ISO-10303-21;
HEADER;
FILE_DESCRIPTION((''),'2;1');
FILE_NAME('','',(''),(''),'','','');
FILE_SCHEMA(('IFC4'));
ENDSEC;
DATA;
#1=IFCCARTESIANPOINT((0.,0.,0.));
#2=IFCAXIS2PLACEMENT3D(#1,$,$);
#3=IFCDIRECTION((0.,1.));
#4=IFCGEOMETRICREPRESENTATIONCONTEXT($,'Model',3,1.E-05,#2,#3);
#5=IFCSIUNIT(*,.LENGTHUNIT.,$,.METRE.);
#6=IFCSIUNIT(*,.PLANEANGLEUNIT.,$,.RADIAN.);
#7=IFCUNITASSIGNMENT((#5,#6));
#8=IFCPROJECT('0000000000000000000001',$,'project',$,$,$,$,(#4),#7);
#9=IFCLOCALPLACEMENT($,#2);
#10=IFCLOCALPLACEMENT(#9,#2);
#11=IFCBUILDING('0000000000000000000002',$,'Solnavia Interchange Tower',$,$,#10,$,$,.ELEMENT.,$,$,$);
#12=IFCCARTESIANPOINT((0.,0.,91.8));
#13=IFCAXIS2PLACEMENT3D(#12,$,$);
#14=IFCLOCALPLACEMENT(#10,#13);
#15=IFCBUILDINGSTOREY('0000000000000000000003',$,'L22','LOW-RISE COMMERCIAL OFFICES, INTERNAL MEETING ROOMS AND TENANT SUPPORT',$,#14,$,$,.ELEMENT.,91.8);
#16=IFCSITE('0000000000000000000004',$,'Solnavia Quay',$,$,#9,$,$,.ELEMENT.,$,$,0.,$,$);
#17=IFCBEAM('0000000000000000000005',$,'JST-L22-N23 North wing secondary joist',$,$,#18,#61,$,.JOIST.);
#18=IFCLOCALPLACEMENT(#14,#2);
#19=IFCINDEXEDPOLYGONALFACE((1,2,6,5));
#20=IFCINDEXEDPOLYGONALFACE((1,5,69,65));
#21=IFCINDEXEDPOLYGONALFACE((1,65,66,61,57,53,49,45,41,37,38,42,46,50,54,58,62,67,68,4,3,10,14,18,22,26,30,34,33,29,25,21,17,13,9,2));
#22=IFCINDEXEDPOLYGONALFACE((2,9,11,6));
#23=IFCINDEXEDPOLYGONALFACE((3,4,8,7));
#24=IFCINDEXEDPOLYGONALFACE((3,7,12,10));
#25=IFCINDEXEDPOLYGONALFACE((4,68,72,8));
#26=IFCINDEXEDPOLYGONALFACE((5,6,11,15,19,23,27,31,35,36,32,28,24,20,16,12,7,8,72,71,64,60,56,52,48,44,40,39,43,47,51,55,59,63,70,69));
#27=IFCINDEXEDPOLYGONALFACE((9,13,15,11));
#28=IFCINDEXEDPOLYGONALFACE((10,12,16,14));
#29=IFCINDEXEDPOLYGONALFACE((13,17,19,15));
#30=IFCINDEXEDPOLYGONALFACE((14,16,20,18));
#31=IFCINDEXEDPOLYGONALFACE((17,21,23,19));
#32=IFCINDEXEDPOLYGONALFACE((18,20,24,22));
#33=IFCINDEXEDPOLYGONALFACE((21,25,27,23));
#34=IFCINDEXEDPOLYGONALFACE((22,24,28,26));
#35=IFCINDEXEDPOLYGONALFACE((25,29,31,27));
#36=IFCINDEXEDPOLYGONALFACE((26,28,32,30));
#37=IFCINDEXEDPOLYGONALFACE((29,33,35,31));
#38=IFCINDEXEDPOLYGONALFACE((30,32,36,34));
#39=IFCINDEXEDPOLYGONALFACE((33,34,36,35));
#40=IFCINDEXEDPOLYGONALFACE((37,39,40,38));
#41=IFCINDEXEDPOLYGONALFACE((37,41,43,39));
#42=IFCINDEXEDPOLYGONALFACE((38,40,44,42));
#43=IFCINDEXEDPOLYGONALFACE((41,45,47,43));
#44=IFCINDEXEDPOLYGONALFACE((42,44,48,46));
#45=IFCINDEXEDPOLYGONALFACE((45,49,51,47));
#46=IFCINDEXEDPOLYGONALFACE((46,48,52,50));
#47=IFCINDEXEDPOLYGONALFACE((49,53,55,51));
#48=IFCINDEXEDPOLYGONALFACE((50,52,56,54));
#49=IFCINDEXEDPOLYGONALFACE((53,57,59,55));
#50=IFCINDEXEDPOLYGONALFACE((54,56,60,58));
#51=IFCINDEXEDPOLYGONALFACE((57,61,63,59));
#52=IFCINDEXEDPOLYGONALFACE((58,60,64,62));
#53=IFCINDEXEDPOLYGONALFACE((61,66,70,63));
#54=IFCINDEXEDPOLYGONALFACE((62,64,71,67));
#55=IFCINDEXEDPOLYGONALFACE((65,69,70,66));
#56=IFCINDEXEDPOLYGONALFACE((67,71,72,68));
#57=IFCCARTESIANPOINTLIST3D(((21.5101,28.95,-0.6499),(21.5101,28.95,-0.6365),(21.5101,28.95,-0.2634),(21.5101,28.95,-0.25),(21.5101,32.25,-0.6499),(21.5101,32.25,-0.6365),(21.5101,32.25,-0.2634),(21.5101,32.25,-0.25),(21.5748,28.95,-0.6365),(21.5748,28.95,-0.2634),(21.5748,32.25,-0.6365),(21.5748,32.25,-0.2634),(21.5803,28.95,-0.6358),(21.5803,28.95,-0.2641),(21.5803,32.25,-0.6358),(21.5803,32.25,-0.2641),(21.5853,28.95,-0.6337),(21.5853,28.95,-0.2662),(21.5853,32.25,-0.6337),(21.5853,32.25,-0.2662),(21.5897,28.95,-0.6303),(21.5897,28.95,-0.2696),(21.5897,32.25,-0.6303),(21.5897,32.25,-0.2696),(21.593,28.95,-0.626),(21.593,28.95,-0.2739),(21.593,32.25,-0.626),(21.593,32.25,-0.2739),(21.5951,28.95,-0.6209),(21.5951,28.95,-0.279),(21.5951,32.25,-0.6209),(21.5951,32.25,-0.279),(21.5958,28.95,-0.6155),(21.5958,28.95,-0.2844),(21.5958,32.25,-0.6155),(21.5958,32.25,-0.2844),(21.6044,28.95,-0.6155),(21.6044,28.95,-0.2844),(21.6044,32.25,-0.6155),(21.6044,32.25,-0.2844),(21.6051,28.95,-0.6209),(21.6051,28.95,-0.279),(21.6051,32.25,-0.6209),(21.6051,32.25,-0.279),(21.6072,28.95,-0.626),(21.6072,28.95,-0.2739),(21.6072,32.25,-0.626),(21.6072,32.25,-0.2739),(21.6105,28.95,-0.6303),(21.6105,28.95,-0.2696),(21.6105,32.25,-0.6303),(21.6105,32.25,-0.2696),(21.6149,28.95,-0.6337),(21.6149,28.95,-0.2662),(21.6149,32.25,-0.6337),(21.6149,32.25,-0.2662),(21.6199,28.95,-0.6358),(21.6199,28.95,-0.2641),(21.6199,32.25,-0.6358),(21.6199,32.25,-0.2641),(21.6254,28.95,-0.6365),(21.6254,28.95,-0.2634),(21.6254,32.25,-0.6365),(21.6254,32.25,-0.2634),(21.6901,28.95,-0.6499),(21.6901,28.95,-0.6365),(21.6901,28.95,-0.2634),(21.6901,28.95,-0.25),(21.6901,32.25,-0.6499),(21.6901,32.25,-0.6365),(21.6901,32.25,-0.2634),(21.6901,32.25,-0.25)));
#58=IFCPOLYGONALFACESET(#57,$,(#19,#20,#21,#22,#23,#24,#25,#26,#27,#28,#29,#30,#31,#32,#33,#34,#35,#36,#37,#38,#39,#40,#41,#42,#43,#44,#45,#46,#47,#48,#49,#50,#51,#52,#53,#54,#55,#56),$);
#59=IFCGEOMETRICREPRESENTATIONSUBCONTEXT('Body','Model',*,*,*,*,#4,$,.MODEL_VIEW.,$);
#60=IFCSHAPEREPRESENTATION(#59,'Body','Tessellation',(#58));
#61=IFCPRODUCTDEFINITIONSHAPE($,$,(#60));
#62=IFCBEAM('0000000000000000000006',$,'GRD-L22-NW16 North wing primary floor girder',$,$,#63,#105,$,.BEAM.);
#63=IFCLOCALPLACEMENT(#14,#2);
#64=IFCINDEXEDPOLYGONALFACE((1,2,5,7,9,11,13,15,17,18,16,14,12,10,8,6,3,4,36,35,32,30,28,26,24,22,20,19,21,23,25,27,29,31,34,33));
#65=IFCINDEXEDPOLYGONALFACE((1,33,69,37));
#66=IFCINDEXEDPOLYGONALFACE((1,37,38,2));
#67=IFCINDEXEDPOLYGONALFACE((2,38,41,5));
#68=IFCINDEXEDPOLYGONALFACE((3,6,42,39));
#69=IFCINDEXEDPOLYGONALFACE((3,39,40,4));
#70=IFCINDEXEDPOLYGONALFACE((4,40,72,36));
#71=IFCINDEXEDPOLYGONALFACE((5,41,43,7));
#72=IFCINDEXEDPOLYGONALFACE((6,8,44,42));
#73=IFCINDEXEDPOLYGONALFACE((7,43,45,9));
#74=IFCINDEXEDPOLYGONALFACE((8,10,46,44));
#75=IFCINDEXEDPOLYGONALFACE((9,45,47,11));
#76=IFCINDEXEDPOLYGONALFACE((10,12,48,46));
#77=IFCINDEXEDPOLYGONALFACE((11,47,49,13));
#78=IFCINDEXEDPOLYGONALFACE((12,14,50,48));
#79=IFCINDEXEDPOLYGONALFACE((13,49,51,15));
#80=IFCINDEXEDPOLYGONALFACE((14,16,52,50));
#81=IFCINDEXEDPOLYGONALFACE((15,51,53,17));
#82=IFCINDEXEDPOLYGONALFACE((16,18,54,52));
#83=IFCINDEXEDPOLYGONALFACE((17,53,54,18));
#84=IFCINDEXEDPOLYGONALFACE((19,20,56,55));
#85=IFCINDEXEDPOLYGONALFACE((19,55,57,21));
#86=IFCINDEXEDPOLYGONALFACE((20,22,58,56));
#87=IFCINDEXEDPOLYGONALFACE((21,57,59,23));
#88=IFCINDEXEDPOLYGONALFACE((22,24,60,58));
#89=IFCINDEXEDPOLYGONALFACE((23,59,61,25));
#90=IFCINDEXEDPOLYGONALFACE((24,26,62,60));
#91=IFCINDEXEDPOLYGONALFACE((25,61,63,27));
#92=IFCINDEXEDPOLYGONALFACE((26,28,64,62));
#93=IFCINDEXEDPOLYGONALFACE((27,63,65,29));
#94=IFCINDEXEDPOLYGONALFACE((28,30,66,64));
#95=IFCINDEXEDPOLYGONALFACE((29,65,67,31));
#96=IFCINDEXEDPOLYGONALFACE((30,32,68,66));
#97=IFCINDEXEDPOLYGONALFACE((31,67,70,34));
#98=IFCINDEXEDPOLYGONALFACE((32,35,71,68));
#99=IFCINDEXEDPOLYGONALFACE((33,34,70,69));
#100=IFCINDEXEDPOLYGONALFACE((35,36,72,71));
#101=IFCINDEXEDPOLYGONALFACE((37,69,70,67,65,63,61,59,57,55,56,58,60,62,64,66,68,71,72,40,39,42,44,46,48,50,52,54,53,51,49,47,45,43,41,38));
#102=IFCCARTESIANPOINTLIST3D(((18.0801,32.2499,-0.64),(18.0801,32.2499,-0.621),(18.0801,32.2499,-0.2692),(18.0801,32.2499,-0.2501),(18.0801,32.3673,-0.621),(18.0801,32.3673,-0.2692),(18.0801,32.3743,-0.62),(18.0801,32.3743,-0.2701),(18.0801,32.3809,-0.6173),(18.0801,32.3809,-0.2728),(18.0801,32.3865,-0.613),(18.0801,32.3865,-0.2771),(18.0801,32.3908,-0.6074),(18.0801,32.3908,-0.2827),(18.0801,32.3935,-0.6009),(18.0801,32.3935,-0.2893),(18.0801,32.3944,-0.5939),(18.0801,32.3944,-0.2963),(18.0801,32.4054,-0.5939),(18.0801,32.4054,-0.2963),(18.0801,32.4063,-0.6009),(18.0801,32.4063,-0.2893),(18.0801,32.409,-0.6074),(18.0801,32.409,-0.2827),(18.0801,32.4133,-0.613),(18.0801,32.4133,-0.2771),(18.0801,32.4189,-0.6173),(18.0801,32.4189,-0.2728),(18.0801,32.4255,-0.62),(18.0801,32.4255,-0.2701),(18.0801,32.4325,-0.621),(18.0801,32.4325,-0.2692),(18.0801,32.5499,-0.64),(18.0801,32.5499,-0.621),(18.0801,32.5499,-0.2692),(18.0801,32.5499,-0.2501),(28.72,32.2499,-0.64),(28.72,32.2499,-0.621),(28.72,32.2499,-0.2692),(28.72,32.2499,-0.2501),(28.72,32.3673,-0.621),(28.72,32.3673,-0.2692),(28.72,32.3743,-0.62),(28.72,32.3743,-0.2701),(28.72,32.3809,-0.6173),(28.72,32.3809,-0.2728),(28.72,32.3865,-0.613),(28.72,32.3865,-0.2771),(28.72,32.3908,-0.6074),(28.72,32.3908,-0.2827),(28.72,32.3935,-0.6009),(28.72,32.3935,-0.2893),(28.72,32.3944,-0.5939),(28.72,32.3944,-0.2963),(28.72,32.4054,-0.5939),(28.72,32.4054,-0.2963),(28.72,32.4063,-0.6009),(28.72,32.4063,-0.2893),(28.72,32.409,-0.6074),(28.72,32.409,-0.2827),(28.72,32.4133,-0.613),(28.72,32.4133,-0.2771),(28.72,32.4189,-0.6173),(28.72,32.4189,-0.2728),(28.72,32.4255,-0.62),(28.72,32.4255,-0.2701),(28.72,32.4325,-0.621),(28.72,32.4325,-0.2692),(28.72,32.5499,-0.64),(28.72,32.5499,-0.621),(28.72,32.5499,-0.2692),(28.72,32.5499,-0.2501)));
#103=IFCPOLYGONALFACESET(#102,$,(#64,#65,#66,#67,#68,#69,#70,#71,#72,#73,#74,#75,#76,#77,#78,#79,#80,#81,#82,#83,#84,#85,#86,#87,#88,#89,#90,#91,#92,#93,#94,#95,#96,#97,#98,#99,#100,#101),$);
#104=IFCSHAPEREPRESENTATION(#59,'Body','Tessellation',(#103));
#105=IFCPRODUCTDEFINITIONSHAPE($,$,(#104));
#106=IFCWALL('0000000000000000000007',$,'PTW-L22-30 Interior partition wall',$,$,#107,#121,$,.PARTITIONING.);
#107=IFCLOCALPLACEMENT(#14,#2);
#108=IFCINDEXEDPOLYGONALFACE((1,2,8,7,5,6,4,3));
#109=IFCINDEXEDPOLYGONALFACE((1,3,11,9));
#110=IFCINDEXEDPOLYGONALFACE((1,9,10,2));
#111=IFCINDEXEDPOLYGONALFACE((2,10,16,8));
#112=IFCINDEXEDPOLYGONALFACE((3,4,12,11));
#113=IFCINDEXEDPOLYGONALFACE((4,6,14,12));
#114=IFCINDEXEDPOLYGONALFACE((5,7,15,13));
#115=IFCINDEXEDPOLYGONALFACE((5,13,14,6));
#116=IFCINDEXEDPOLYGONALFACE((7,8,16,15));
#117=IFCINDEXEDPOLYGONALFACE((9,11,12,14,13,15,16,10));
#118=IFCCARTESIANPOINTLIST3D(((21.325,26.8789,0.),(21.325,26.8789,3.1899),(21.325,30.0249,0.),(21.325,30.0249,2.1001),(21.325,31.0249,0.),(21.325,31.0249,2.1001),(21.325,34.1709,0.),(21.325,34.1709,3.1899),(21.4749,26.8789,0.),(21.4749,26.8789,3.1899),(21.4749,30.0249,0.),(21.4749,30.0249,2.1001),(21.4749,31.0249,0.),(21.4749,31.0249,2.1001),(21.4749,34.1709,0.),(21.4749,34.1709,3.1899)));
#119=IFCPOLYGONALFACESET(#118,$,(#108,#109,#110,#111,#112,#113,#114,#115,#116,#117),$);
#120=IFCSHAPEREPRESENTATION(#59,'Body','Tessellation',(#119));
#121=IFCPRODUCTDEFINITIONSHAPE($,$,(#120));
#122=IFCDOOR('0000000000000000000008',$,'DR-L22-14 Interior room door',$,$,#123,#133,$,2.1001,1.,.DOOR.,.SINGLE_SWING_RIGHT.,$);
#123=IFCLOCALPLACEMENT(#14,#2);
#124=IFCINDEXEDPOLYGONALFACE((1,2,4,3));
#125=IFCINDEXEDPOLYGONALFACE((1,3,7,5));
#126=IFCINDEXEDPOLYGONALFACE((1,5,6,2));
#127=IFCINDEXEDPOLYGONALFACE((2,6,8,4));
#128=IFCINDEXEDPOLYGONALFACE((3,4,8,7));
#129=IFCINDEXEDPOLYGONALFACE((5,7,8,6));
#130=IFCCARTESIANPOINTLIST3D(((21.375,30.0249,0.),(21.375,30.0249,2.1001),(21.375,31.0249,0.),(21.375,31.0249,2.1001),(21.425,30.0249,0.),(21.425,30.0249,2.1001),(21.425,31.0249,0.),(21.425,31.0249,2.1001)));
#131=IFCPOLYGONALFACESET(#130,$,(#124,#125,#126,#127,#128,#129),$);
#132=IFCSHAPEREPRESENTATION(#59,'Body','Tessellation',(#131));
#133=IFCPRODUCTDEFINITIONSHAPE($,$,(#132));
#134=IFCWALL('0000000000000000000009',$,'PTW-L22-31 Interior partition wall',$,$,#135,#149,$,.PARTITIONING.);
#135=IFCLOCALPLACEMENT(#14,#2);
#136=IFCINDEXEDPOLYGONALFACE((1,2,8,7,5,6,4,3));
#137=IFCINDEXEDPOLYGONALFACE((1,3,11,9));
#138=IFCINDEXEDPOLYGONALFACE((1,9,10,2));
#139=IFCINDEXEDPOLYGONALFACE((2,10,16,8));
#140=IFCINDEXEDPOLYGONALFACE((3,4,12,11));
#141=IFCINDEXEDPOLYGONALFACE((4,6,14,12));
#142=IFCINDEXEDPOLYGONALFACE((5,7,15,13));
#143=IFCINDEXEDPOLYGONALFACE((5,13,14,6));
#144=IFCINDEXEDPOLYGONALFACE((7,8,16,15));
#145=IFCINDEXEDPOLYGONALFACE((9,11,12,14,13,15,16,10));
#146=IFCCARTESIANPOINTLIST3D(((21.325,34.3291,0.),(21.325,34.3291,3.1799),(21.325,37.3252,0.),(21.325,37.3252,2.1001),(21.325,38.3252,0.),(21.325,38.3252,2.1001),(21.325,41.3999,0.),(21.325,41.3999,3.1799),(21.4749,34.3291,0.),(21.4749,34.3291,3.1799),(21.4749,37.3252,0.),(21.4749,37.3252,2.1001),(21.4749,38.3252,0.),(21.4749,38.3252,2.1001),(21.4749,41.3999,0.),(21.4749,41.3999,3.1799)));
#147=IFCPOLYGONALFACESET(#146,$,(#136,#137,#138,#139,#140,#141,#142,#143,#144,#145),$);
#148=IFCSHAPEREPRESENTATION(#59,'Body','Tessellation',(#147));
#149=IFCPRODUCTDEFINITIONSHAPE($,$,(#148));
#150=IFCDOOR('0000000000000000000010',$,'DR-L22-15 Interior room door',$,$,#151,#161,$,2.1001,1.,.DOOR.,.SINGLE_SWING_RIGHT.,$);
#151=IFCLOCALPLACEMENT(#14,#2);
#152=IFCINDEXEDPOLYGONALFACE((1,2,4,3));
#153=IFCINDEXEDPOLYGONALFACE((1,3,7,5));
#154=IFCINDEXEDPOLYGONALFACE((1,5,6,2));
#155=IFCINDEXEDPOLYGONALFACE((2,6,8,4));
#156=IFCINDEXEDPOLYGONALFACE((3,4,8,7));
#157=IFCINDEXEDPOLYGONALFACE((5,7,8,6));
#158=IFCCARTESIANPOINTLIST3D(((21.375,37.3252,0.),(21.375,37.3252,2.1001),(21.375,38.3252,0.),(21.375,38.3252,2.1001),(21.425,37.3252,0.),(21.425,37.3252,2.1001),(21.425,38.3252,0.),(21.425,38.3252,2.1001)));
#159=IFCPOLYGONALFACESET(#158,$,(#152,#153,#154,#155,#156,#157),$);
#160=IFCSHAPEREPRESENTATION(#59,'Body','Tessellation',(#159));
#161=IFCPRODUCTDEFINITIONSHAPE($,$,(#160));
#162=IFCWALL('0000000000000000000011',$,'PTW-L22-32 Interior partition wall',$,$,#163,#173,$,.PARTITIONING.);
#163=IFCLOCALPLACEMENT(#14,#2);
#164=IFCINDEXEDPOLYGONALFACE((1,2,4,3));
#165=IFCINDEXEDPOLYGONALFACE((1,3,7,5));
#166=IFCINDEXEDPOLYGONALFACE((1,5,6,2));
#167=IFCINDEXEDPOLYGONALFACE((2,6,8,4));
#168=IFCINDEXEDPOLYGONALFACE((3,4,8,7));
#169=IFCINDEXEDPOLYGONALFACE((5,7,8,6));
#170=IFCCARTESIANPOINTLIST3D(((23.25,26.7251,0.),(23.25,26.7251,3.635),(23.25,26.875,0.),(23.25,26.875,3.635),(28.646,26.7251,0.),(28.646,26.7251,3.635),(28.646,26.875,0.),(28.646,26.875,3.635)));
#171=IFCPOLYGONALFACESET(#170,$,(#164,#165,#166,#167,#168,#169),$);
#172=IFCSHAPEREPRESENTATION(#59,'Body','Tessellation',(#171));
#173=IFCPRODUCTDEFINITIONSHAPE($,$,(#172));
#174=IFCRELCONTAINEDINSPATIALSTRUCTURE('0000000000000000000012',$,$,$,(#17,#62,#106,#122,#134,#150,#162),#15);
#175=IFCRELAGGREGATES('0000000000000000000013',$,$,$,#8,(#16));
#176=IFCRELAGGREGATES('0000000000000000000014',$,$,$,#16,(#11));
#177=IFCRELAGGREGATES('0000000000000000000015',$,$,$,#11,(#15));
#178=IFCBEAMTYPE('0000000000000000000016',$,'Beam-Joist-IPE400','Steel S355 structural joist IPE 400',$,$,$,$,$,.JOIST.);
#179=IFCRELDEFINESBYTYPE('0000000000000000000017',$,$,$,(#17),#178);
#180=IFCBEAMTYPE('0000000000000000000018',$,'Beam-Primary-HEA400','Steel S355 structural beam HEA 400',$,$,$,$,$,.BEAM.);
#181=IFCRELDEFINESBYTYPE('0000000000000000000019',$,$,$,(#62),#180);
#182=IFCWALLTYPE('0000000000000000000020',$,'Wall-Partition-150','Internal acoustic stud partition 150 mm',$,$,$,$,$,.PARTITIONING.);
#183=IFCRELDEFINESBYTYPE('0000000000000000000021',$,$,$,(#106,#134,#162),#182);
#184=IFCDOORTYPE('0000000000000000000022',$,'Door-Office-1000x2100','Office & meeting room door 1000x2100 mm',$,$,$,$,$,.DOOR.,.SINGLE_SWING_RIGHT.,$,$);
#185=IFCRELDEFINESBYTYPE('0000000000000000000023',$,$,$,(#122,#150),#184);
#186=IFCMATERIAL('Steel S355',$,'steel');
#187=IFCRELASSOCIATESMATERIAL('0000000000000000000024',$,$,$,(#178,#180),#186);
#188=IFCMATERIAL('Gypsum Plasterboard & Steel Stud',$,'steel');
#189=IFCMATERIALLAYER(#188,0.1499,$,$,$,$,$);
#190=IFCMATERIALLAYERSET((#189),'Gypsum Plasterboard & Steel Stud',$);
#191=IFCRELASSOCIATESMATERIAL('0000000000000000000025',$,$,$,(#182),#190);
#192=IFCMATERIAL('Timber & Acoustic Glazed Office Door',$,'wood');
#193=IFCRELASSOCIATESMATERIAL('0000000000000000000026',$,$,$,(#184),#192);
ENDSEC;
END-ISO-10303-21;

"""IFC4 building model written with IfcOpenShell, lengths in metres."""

from ifc_helpers import new_model, si_unit, direction, frame, frame_2d, origin, origin_2d, place, context, subcontext, project, spatial, rectangle, i_section, extrude, material, layer, layer_set, material_profile, profile_set, type_object, element, fill, save


model = new_model("IFC4")

# Units and contexts
model_context = context("Model", 3, precision=1e-05, world=origin(), true_north=direction((0.0, 1.0)))
body_context = subcontext(model_context, "Body", "Model", "MODEL_VIEW")
ifc_project = project(units=[si_unit("LENGTHUNIT", "METRE"), si_unit("PLANEANGLEUNIT", "RADIAN")], contexts=[model_context])

# Site, building, storey
site_placement = place(None, origin())
site = spatial("IfcSite", under=ifc_project, at=site_placement, Name="Solnavia Quay", CompositionType="ELEMENT", RefElevation=0.0)
building_placement = place(site_placement, origin())
building = spatial("IfcBuilding", under=site, at=building_placement, Name="Solnavia Interchange Tower", CompositionType="ELEMENT")
storey_placement = place(building_placement, frame((0.0, 0.0, 91.8)))
storey = spatial("IfcBuildingStorey", under=building, at=storey_placement, Name="L22", Description="LOW-RISE COMMERCIAL OFFICES, INTERNAL MEETING ROOMS AND TENANT SUPPORT", CompositionType="ELEMENT", Elevation=91.8)

# Shared definitions
ifc_material_1 = material(Name="Steel S355", Category="steel")

# Beams
ifc_material_profile_1 = material_profile(ifc_material_1, i_section(OverallWidth=0.1799, OverallDepth=0.3999, WebThickness=0.0085, FlangeThickness=0.0134, FilletRadius=0.021, at=origin_2d()), Name="IPE 400")
ifc_profile_set_1 = profile_set([ifc_material_profile_1], Name="Steel S355")
beam_type_1 = type_object("IfcBeamType", Name="Beam-Joist-IPE400", Description="Steel S355 structural joist IPE 400", PredefinedType="JOIST", material=ifc_profile_set_1)
for number, where, z_axis, x_axis, name in (
    (1, (21.6001, 28.95, -0.45), (0.0, 1.0, 0.0), (-1.0, 0.0, 0.0), "JST-L22-N23 North wing secondary joist"),
):
    element("IfcBeam", number, at=place(storey_placement, frame(where, z_axis=z_axis, x_axis=x_axis)), inside=storey, type_object=beam_type_1, Name=name, PredefinedType="JOIST", context=body_context, shape_type="SweptSolid", body=[
        extrude(i_section(OverallWidth=0.1799, OverallDepth=0.3999, WebThickness=0.0085, FlangeThickness=0.0134, FilletRadius=0.021, at=origin_2d()), origin(), (0.0, 0.0, 1.0), 3.3),
    ])
ifc_material_profile_2 = material_profile(ifc_material_1, i_section(OverallWidth=0.3, OverallDepth=0.3899, WebThickness=0.011, FlangeThickness=0.019, FilletRadius=0.0271, at=origin_2d()), Name="HEA 400")
ifc_profile_set_2 = profile_set([ifc_material_profile_2], Name="Steel S355")
beam_type_2 = type_object("IfcBeamType", Name="Beam-Primary-HEA400", Description="Steel S355 structural beam HEA 400", PredefinedType="BEAM", material=ifc_profile_set_2)
beam_placement = place(storey_placement, frame((18.0801, 32.3999, -0.4451), z_axis=(1.0, 0.0, 0.0), x_axis=(0.0, 1.0, 0.0)))
element("IfcBeam", 2, at=beam_placement, inside=storey, type_object=beam_type_2, Name="GRD-L22-NW16 North wing primary floor girder", PredefinedType="BEAM", context=body_context, shape_type="SweptSolid", body=[
    extrude(i_section(OverallWidth=0.3, OverallDepth=0.3899, WebThickness=0.011, FlangeThickness=0.019, FilletRadius=0.0271, at=origin_2d()), origin(), (0.0, 0.0, 1.0), 10.6399),
])

# Walls, openings, doors
ifc_material_2 = material(Name="Gypsum Plasterboard & Steel Stud", Category="steel")
ifc_layer_1 = layer(ifc_material_2, 0.1499)
ifc_layer_set_1 = layer_set([ifc_layer_1], Name="Gypsum Plasterboard & Steel Stud")
wall_type_1 = type_object("IfcWallType", Name="Wall-Partition-150", Description="Internal acoustic stud partition 150 mm", PredefinedType="PARTITIONING", material=ifc_layer_set_1)
wall_1_placement = place(storey_placement, frame((21.3999, 26.8789, 0.0), z_axis=(0.0, 0.0, 1.0), x_axis=(0.0, 1.0, 0.0)))
wall_1 = element("IfcWall", 3, at=wall_1_placement, inside=storey, type_object=wall_type_1, Name="PTW-L22-30 Interior partition wall", PredefinedType="PARTITIONING", context=body_context, shape_type="SweptSolid", body=[
    extrude(rectangle(XDim=7.292, YDim=0.1499, at=frame_2d((3.646, 0.0))), origin(), (0.0, 0.0, 1.0), 3.1899),
])
opening_1_placement = place(wall_1_placement, frame((3.146, 0.0, 0.0)))
opening_1 = element("IfcOpeningElement", 4, at=opening_1_placement, cuts=wall_1, PredefinedType="OPENING", context=body_context, shape_type="SweptSolid", body=[
    extrude(rectangle(XDim=1.0, YDim=2.1001, at=frame_2d((0.5, 1.05))), frame((0.0, 0.085, 0.0), z_axis=(0.0, -1.0, 0.0), x_axis=(1.0, 0.0, 0.0)), (0.0, 0.0, 1.0), 0.1699),
])
ifc_material_3 = material(Name="Timber & Acoustic Glazed Office Door", Category="wood")
door_type = type_object("IfcDoorType", Name="Door-Office-1000x2100", Description="Office & meeting room door 1000x2100 mm", OperationType="SINGLE_SWING_RIGHT", PredefinedType="DOOR", material=ifc_material_3)
door_1_placement = place(opening_1_placement, origin())
door_1 = element("IfcDoor", 5, at=door_1_placement, inside=storey, type_object=door_type, Name="DR-L22-14 Interior room door", OperationType="SINGLE_SWING_RIGHT", OverallHeight=2.1001, OverallWidth=1.0, PredefinedType="DOOR", context=body_context, shape_type="SweptSolid", body=[
    extrude(rectangle(XDim=1.0, YDim=2.1001, at=frame_2d((0.5, 1.05))), frame((0.0, 0.0249, 0.0), z_axis=(0.0, -1.0, 0.0), x_axis=(1.0, 0.0, 0.0)), (0.0, 0.0, 1.0), 0.05),
])
fill(opening_1, door_1)
wall_2_placement = place(storey_placement, frame((21.3999, 34.3291, 0.0), z_axis=(0.0, 0.0, 1.0), x_axis=(0.0, 1.0, 0.0)))
wall_2 = element("IfcWall", 6, at=wall_2_placement, inside=storey, type_object=wall_type_1, Name="PTW-L22-31 Interior partition wall", PredefinedType="PARTITIONING", context=body_context, shape_type="SweptSolid", body=[
    extrude(rectangle(XDim=7.0708, YDim=0.1499, at=frame_2d((3.5354, 0.0))), origin(), (0.0, 0.0, 1.0), 3.1799),
])
opening_2_placement = place(wall_2_placement, frame((2.9961, 0.0, 0.0)))
opening_2 = element("IfcOpeningElement", 7, at=opening_2_placement, cuts=wall_2, PredefinedType="OPENING", context=body_context, shape_type="SweptSolid", body=[
    extrude(rectangle(XDim=1.0, YDim=2.1001, at=frame_2d((0.5, 1.05))), frame((0.0, 0.085, 0.0), z_axis=(0.0, -1.0, 0.0), x_axis=(1.0, 0.0, 0.0)), (0.0, 0.0, 1.0), 0.1699),
])
door_2_placement = place(opening_2_placement, origin())
door_2 = element("IfcDoor", 8, at=door_2_placement, inside=storey, type_object=door_type, Name="DR-L22-15 Interior room door", OperationType="SINGLE_SWING_RIGHT", OverallHeight=2.1001, OverallWidth=1.0, PredefinedType="DOOR", context=body_context, shape_type="SweptSolid", body=[
    extrude(rectangle(XDim=1.0, YDim=2.1001, at=frame_2d((0.5, 1.05))), frame((0.0, 0.0249, 0.0), z_axis=(0.0, -1.0, 0.0), x_axis=(1.0, 0.0, 0.0)), (0.0, 0.0, 1.0), 0.05),
])
fill(opening_2, door_2)

# Wall
wall_3_placement = place(storey_placement, frame((23.25, 26.8, 0.0), z_axis=(0.0, 0.0, 1.0), x_axis=(1.0, 0.0, 0.0)))
element("IfcWall", 9, at=wall_3_placement, inside=storey, type_object=wall_type_1, Name="PTW-L22-32 Interior partition wall", PredefinedType="PARTITIONING", context=body_context, shape_type="SweptSolid", body=[
    extrude(rectangle(XDim=5.396, YDim=0.1499, at=frame_2d((2.698, 0.0))), origin(), (0.0, 0.0, 1.0), 3.635),
])

save(model, "model.ifc")
